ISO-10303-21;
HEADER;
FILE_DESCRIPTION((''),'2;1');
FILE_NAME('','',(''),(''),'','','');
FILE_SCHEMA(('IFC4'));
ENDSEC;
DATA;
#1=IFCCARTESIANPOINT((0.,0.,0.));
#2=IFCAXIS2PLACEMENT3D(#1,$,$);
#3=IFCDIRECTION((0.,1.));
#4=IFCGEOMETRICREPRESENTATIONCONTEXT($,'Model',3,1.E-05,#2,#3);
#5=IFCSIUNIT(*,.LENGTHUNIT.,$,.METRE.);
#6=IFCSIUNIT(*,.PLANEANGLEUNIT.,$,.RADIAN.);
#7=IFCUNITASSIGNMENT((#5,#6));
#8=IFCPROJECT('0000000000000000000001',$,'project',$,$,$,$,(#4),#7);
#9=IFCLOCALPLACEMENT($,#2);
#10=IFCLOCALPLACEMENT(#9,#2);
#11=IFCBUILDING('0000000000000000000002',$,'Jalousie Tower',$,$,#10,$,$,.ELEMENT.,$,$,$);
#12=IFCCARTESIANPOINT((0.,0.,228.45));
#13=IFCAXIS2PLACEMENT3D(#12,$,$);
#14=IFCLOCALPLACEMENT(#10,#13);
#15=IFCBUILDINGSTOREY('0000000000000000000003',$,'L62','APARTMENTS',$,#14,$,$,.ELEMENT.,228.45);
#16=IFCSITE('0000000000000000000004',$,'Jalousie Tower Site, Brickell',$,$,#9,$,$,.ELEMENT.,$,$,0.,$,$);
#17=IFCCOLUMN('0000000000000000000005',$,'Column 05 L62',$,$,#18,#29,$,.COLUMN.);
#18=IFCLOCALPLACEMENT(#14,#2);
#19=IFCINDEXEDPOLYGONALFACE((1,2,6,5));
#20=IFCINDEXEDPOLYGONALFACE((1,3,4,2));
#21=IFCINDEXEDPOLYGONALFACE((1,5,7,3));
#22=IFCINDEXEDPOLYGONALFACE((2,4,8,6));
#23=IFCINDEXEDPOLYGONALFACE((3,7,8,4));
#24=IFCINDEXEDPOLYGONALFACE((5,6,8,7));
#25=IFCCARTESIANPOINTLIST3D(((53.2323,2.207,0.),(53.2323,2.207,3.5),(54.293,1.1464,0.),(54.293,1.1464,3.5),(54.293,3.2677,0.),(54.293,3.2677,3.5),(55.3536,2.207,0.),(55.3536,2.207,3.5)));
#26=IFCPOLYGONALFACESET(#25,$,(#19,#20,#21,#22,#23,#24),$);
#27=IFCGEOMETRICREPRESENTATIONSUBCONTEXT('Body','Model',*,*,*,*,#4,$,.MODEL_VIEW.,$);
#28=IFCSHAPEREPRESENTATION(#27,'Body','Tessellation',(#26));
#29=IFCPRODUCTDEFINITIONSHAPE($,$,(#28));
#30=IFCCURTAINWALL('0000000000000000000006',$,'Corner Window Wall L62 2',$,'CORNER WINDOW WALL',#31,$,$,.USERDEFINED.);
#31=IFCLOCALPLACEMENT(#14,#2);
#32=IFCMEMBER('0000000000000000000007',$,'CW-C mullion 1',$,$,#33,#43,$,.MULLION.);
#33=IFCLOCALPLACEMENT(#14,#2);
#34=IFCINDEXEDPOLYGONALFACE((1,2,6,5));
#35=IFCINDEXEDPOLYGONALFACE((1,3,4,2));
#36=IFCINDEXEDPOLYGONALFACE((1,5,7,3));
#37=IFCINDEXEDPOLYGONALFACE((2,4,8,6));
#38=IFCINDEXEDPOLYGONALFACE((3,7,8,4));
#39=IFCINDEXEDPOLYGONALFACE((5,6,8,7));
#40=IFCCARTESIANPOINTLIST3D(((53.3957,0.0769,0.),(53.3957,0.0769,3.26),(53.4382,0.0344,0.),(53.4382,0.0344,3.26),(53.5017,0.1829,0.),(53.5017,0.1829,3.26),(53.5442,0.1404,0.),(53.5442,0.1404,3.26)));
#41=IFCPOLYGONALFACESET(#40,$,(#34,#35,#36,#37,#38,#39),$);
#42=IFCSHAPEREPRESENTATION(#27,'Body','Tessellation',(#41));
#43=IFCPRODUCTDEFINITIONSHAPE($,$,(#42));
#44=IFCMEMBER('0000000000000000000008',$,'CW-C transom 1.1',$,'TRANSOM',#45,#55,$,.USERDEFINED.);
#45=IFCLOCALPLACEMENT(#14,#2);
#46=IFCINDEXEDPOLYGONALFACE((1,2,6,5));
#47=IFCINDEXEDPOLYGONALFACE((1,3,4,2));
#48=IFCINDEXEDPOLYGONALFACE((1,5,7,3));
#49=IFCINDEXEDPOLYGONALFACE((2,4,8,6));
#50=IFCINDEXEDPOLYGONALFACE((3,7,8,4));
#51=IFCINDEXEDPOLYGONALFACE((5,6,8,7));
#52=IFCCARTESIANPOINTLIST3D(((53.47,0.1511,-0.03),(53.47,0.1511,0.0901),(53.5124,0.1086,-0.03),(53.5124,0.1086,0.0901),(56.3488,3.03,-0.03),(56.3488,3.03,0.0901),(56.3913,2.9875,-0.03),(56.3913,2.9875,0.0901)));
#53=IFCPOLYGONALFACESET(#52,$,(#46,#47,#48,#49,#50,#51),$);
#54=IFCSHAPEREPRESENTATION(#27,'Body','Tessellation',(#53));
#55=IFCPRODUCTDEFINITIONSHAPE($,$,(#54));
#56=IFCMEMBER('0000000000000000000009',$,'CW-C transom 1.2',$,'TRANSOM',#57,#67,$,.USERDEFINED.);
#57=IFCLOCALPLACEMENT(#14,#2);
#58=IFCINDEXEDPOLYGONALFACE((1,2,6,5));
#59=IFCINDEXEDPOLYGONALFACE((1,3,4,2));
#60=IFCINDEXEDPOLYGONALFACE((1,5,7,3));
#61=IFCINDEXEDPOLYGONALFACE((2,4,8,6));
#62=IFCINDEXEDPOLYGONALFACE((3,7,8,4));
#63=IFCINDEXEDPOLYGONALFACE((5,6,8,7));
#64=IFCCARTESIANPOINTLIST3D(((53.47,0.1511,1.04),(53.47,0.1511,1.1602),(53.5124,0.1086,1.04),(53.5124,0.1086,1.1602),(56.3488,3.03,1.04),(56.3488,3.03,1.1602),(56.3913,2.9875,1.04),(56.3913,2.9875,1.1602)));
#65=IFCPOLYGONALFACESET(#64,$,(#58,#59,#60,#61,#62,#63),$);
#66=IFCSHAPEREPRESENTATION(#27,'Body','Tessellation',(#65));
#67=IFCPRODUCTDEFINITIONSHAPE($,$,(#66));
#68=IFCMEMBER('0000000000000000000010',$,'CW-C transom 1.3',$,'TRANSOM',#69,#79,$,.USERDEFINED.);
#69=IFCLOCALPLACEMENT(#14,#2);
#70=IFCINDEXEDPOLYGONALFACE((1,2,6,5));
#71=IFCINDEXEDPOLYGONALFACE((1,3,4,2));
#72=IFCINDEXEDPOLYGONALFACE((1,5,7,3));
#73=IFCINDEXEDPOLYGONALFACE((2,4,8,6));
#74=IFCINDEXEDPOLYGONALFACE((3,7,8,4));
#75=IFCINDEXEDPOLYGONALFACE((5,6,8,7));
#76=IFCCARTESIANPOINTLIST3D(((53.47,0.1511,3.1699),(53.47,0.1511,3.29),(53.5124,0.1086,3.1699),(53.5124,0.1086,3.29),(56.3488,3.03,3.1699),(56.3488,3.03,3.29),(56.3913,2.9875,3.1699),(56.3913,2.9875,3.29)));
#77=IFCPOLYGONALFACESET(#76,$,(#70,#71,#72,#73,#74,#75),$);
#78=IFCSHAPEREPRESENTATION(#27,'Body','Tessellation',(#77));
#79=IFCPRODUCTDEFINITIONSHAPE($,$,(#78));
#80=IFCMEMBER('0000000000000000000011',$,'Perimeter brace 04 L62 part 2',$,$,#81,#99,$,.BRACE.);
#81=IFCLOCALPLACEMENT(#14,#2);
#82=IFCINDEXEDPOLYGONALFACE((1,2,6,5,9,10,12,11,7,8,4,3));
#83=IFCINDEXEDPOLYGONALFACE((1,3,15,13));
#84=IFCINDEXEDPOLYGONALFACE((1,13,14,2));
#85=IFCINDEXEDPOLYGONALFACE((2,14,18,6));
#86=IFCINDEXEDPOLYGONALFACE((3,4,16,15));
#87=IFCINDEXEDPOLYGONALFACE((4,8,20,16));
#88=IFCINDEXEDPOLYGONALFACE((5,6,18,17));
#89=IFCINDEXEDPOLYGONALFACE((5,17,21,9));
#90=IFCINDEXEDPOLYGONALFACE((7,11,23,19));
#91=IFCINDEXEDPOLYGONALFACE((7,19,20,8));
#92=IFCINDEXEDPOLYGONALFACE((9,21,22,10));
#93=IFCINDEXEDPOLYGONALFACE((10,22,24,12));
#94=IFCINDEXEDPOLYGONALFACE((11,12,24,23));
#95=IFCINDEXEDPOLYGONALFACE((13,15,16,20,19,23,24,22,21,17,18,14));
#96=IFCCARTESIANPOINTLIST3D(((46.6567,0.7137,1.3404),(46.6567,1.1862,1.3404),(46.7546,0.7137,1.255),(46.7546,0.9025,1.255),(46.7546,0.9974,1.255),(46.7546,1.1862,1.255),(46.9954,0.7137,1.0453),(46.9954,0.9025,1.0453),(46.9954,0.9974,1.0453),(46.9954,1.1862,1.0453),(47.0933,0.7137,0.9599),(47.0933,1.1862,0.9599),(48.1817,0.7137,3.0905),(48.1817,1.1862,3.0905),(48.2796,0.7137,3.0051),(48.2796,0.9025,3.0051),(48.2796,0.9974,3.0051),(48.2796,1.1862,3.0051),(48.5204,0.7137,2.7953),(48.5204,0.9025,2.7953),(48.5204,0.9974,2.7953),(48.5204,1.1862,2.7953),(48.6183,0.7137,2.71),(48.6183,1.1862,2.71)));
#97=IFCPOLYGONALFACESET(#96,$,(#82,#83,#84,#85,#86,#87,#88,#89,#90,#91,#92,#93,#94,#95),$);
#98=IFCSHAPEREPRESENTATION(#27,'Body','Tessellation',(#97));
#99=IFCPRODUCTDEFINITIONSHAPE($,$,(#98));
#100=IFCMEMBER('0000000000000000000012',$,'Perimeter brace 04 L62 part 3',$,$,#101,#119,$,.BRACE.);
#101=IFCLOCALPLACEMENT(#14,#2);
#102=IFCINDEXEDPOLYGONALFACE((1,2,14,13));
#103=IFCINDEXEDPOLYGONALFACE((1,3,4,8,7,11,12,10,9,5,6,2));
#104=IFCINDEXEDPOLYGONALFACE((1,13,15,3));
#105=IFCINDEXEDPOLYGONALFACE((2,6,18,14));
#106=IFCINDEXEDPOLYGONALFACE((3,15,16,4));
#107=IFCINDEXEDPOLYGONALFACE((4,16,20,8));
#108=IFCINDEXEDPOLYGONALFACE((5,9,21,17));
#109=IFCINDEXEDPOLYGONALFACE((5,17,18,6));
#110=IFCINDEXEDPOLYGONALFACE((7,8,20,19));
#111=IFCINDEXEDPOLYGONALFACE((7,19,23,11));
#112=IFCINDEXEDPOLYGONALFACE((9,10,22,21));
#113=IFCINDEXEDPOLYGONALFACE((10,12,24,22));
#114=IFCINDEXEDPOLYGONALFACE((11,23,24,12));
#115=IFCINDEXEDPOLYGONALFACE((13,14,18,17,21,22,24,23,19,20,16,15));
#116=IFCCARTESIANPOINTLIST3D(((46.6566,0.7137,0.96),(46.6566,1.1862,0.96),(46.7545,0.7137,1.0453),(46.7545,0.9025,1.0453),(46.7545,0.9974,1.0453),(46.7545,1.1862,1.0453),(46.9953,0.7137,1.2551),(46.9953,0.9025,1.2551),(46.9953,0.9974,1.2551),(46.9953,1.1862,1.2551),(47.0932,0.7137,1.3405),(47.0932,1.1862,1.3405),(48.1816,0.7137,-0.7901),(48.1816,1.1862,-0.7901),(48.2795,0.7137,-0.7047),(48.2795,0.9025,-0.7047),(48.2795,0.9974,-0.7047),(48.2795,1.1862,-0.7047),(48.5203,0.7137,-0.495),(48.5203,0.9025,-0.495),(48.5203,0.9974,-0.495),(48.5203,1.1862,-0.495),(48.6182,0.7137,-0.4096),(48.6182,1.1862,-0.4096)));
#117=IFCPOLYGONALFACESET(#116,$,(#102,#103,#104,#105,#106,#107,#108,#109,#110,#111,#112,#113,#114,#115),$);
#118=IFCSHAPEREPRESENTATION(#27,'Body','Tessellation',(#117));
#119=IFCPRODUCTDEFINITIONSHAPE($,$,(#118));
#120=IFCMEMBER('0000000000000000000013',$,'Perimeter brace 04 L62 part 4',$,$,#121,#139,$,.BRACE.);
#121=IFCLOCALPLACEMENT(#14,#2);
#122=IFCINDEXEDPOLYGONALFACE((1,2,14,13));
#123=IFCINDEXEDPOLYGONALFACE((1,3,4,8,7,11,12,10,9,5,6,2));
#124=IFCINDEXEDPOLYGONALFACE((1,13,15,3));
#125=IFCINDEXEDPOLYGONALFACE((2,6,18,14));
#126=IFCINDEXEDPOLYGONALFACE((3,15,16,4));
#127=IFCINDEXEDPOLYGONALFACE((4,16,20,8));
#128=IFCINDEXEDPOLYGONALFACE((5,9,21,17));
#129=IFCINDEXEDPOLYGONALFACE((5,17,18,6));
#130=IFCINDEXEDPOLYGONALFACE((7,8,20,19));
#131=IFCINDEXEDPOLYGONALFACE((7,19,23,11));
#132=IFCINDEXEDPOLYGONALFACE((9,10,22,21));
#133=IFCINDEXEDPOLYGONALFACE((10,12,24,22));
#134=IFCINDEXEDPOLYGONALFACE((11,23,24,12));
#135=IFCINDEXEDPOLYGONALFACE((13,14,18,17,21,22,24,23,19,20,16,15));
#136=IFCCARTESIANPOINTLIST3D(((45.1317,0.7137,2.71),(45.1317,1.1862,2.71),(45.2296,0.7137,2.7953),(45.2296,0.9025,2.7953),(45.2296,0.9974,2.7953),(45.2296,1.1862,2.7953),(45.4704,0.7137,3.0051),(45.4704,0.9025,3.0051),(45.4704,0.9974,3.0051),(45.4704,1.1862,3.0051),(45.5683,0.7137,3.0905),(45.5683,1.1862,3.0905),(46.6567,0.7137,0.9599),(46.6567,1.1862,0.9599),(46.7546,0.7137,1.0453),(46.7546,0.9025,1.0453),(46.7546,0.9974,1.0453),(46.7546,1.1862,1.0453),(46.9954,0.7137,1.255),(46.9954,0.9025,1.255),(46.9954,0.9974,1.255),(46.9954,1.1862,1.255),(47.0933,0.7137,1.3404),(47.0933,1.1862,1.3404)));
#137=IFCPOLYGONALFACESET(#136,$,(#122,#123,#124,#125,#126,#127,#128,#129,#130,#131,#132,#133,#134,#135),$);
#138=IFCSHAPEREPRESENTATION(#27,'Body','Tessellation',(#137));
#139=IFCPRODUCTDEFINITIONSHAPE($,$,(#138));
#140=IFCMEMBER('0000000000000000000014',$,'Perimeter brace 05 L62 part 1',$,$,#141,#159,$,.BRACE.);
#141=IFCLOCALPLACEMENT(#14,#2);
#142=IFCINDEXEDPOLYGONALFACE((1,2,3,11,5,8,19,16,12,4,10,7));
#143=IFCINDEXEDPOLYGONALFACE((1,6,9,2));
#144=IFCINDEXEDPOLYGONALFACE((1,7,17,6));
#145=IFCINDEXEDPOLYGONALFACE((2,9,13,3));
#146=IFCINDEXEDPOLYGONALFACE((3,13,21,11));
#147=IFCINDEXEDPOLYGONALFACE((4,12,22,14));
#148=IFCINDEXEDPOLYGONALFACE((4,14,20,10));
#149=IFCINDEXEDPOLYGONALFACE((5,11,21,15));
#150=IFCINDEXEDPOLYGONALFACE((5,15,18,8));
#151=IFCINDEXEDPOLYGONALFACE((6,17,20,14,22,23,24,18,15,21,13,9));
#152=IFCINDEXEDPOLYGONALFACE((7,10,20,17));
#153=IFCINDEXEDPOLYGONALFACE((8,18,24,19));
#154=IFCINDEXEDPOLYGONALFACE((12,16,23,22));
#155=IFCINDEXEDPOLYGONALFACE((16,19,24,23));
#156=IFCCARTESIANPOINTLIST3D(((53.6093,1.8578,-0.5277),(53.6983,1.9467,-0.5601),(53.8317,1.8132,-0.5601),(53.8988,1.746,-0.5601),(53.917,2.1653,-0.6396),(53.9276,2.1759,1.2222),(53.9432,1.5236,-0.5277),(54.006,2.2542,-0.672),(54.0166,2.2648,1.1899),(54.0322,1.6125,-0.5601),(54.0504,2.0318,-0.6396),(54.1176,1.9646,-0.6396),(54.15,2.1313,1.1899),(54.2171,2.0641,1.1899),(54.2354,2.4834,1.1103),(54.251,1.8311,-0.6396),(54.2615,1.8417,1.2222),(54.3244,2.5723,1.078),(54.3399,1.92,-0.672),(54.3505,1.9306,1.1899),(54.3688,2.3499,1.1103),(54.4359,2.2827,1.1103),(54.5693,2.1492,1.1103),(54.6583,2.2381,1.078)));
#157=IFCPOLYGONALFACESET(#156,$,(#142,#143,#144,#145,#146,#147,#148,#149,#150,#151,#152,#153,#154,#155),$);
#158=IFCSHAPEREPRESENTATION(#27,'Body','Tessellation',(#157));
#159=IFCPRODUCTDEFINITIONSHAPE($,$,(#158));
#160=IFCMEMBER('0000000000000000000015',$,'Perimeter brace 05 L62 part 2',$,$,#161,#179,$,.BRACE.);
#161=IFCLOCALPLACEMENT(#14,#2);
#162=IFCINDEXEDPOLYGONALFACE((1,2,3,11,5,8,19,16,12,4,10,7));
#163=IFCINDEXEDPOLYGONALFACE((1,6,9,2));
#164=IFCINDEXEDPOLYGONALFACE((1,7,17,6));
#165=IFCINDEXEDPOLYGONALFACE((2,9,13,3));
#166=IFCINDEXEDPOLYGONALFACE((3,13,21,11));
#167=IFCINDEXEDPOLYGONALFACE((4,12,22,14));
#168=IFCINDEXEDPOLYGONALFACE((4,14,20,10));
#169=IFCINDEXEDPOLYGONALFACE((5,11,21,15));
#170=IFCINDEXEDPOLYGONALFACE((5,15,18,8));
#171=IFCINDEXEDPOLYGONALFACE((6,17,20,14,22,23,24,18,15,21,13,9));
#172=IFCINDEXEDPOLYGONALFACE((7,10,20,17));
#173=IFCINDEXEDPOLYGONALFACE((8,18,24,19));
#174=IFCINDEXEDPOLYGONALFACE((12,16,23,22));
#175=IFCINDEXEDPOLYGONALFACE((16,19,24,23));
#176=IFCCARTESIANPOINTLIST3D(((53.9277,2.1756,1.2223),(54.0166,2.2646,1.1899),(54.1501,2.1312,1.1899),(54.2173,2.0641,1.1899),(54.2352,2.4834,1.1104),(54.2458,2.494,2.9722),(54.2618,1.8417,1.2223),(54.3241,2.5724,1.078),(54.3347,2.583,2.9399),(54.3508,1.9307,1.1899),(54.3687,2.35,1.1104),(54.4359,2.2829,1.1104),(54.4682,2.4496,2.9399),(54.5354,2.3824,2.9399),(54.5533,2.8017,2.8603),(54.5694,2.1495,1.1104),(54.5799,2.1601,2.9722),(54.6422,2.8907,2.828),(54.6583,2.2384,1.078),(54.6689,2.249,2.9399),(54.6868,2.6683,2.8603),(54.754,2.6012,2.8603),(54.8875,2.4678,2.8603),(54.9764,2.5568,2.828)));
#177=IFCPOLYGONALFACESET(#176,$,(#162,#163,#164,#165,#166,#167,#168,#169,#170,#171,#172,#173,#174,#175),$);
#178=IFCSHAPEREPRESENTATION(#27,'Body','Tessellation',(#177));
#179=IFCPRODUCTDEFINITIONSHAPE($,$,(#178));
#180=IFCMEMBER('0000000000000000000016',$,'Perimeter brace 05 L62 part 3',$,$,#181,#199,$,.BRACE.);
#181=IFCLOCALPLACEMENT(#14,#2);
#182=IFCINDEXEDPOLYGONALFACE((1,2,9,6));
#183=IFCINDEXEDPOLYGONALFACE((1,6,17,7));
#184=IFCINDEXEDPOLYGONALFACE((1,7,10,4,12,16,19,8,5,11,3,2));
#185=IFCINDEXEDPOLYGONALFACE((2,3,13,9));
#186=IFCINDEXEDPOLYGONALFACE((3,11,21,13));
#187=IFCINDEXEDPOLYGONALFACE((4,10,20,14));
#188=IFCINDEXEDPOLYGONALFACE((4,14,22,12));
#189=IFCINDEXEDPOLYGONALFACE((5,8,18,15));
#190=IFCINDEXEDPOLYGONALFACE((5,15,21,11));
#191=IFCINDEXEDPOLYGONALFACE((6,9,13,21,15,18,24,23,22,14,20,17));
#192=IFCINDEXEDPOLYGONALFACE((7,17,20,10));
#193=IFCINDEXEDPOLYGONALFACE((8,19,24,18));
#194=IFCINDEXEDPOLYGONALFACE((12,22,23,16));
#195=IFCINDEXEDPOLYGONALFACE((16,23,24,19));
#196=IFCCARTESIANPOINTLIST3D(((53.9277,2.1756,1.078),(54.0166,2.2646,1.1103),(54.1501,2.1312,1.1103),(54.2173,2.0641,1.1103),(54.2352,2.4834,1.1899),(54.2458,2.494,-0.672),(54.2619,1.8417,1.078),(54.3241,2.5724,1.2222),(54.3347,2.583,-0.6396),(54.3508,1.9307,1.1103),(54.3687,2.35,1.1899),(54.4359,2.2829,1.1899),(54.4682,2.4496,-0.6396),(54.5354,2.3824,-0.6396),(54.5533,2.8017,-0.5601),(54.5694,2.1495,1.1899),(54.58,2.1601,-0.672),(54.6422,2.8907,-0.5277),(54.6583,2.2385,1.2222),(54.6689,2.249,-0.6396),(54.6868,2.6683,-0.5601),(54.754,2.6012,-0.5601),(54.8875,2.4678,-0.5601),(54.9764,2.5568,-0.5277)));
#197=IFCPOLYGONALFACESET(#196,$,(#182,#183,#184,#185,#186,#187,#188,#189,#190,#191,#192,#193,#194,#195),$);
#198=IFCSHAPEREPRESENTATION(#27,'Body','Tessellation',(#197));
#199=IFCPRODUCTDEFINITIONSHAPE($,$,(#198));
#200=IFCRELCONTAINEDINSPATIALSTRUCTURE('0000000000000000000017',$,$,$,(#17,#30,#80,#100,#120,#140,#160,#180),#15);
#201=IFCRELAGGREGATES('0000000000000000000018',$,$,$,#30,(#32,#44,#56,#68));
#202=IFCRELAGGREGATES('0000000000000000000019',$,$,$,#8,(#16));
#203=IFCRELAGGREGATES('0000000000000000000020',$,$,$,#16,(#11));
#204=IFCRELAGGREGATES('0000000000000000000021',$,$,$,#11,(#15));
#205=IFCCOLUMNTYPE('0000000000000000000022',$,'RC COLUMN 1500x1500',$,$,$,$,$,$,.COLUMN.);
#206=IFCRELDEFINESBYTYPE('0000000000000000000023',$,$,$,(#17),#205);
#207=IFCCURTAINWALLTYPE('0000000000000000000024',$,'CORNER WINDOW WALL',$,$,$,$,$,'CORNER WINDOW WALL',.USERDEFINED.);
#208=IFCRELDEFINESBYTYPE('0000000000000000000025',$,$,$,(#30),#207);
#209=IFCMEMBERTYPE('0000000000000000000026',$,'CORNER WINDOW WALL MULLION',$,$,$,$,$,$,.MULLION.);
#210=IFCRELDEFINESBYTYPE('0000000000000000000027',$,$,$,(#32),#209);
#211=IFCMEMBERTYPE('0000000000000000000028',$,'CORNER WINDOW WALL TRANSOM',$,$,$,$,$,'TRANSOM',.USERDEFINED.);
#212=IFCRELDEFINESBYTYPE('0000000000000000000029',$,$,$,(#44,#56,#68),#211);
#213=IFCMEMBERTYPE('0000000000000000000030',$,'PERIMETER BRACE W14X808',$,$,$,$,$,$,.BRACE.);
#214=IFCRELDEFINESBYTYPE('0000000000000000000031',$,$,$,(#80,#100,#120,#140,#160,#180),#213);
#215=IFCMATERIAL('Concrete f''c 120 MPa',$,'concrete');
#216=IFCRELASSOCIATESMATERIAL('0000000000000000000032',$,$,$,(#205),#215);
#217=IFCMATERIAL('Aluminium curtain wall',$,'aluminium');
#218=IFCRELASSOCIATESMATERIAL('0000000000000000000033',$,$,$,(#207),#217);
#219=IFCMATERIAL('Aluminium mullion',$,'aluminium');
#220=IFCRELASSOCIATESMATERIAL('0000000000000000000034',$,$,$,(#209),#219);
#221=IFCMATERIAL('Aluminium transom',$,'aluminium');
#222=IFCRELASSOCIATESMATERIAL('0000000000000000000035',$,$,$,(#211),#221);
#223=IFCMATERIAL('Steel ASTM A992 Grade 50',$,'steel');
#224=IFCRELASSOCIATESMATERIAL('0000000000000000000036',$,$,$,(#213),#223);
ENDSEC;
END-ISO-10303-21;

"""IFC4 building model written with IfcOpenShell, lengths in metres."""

from ifc_helpers import new_model, si_unit, direction, frame, origin, origin_2d, place, context, subcontext, project, spatial, rectangle, i_section, extrude, material, material_profile, profile_set, type_object, element, aggregate, save


model = new_model("IFC4")

# Units and contexts
model_context = context("Model", 3, precision=1e-05, world=origin(), true_north=direction((0.0, 1.0)))
body_context = subcontext(model_context, "Body", "Model", "MODEL_VIEW")
ifc_project = project(units=[si_unit("LENGTHUNIT", "METRE"), si_unit("PLANEANGLEUNIT", "RADIAN")], contexts=[model_context])

# Site, building, storey
site_placement = place(None, origin())
site = spatial("IfcSite", under=ifc_project, at=site_placement, Name="Jalousie Tower Site, Brickell", CompositionType="ELEMENT", RefElevation=0.0)
building_placement = place(site_placement, origin())
building = spatial("IfcBuilding", under=site, at=building_placement, Name="Jalousie Tower", CompositionType="ELEMENT")
storey_placement = place(building_placement, frame((0.0, 0.0, 228.45)))
storey = spatial("IfcBuildingStorey", under=building, at=storey_placement, Name="L62", Description="APARTMENTS", CompositionType="ELEMENT", Elevation=228.45)

# Column
ifc_material_1 = material(Name="Concrete f'c 120 MPa", Category="concrete")
ifc_material_profile_1 = material_profile(ifc_material_1, rectangle(XDim=1.5, YDim=1.5, at=origin_2d()), Name="RC 1500x1500")
ifc_profile_set_1 = profile_set([ifc_material_profile_1], Name="Concrete f'c 120 MPa")
column_type = type_object("IfcColumnType", Name="RC COLUMN 1500x1500", PredefinedType="COLUMN", material=ifc_profile_set_1)
column_placement = place(storey_placement, frame((54.293, 2.207, 0.0), z_axis=(0.0, 0.0, 1.0), x_axis=(0.707107, 0.707107, 0.0)))
element("IfcColumn", 1, at=column_placement, inside=storey, type_object=column_type, Name="Column 05 L62", PredefinedType="COLUMN", context=body_context, shape_type="SweptSolid", body=[
    extrude(rectangle(XDim=1.5, YDim=1.5, at=origin_2d()), origin(), (0.0, 0.0, 1.0), 3.5),
])

# Curtain wall, members
ifc_material_2 = material(Name="Aluminium curtain wall", Category="aluminium")
curtain_wall_type_1 = type_object("IfcCurtainWallType", Name="CORNER WINDOW WALL", ElementType="CORNER WINDOW WALL", PredefinedType="USERDEFINED", material=ifc_material_2)
curtain_wall_1_placement = place(storey_placement, origin())
curtain_wall_1 = element("IfcCurtainWall", 2, at=curtain_wall_1_placement, inside=storey, type_object=curtain_wall_type_1, Name="Corner Window Wall L62 2", ObjectType="CORNER WINDOW WALL", PredefinedType="USERDEFINED")
ifc_material_3 = material(Name="Aluminium mullion", Category="aluminium")
ifc_material_profile_2 = material_profile(ifc_material_3, rectangle(XDim=0.0601, YDim=0.1499, at=origin_2d()), Name="MULLION 60x150")
ifc_profile_set_2 = profile_set([ifc_material_profile_2], Name="Aluminium mullion")
member_type_1 = type_object("IfcMemberType", Name="CORNER WINDOW WALL MULLION", PredefinedType="MULLION", material=ifc_profile_set_2)
member_1_placement = place(storey_placement, frame((53.47, 0.1086, 0.0), z_axis=(0.0, 0.0, 1.0), x_axis=(-0.707107, 0.707107, 0.0)))
member_1 = element("IfcMember", 3, at=member_1_placement, type_object=member_type_1, Name="CW-C mullion 1", PredefinedType="MULLION", context=body_context, shape_type="SweptSolid", body=[
    extrude(rectangle(XDim=0.0601, YDim=0.1499, at=origin_2d()), origin(), (0.0, 0.0, 1.0), 3.26),
])
ifc_material_4 = material(Name="Aluminium transom", Category="aluminium")
ifc_material_profile_3 = material_profile(ifc_material_4, rectangle(XDim=0.0601, YDim=0.1201, at=origin_2d()), Name="TRANSOM 60x120")
ifc_profile_set_3 = profile_set([ifc_material_profile_3], Name="Aluminium transom")
member_type_2 = type_object("IfcMemberType", Name="CORNER WINDOW WALL TRANSOM", ElementType="TRANSOM", PredefinedType="USERDEFINED", material=ifc_profile_set_3)
member_2_placement = place(storey_placement, frame((53.4912, 0.1299, 0.03), z_axis=(0.707107, 0.707107, 0.0), x_axis=(-0.707107, 0.707107, 0.0)))
member_2 = element("IfcMember", 4, at=member_2_placement, type_object=member_type_2, Name="CW-C transom 1.1", ObjectType="TRANSOM", PredefinedType="USERDEFINED", context=body_context, shape_type="SweptSolid", body=[
    extrude(rectangle(XDim=0.0601, YDim=0.1201, at=origin_2d()), origin(), (0.0, 0.0, 1.0), 4.0713),
])
member_3_placement = place(storey_placement, frame((53.4912, 0.1299, 1.1001), z_axis=(0.707107, 0.707107, 0.0), x_axis=(-0.707107, 0.707107, 0.0)))
member_3 = element("IfcMember", 5, at=member_3_placement, type_object=member_type_2, Name="CW-C transom 1.2", ObjectType="TRANSOM", PredefinedType="USERDEFINED", context=body_context, shape_type="SweptSolid", body=[
    extrude(rectangle(XDim=0.0601, YDim=0.1201, at=origin_2d()), origin(), (0.0, 0.0, 1.0), 4.0713),
])
member_4_placement = place(storey_placement, frame((53.4912, 0.1299, 3.23), z_axis=(0.707107, 0.707107, 0.0), x_axis=(-0.707107, 0.707107, 0.0)))
member_4 = element("IfcMember", 6, at=member_4_placement, type_object=member_type_2, Name="CW-C transom 1.3", ObjectType="TRANSOM", PredefinedType="USERDEFINED", context=body_context, shape_type="SweptSolid", body=[
    extrude(rectangle(XDim=0.0601, YDim=0.1201, at=origin_2d()), origin(), (0.0, 0.0, 1.0), 4.0713),
])

# Members
ifc_material_5 = material(Name="Steel ASTM A992 Grade 50", Category="steel")
ifc_material_profile_4 = material_profile(ifc_material_5, i_section(OverallWidth=0.4724, OverallDepth=0.5791, WebThickness=0.095, FlangeThickness=0.1299, at=origin_2d()), Name="W14X808")
ifc_profile_set_4 = profile_set([ifc_material_profile_4], Name="Steel ASTM A992 Grade 50")
member_type_3 = type_object("IfcMemberType", Name="PERIMETER BRACE W14X808", PredefinedType="BRACE", material=ifc_profile_set_4)
for number, where, z_axis, x_axis, name in (
    (7, (46.875, 0.95, 1.1501), (0.656954, 0.0, 0.75393), (0.0, 1.0, 0.0), "Perimeter brace 04 L62 part 2"),
    (8, (48.3999, 0.95, -0.5999), (-0.656954, 0.0, 0.75393), (0.0, -1.0, 0.0), "Perimeter brace 04 L62 part 3"),
    (9, (46.875, 0.95, 1.1501), (-0.656954, 0.0, 0.75393), (0.0, -1.0, 0.0), "Perimeter brace 04 L62 part 4"),
):
    element("IfcMember", number, at=place(storey_placement, frame(where, z_axis=z_axis, x_axis=x_axis)), inside=storey, type_object=member_type_3, Name=name, PredefinedType="BRACE", context=body_context, shape_type="SweptSolid", body=[
        extrude(i_section(OverallWidth=0.4724, OverallDepth=0.5791, WebThickness=0.095, FlangeThickness=0.1299, at=origin_2d()), origin(), (0.0, 0.0, 1.0), 2.3213),
    ])
for number, where, z_axis, x_axis, name in (
    (10, (53.9746, 1.8889, -0.5999), (0.176187, 0.176051, 0.968486), (-0.706835, 0.707378, 0.0), "Perimeter brace 05 L62 part 1"),
    (11, (54.293, 2.207, 1.1501), (0.176051, 0.176187, 0.968486), (-0.707378, 0.706835, 0.0), "Perimeter brace 05 L62 part 2"),
    (12, (54.6111, 2.5254, -0.5999), (-0.176051, -0.176187, 0.968486), (0.707378, -0.706835, 0.0), "Perimeter brace 05 L62 part 3"),
):
    element("IfcMember", number, at=place(storey_placement, frame(where, z_axis=z_axis, x_axis=x_axis)), inside=storey, type_object=member_type_3, Name=name, PredefinedType="BRACE", context=body_context, shape_type="SweptSolid", body=[
        extrude(i_section(OverallWidth=0.4724, OverallDepth=0.5791, WebThickness=0.095, FlangeThickness=0.1299, at=origin_2d()), origin(), (0.0, 0.0, 1.0), 1.8069),
    ])

aggregate(curtain_wall_1, [member_1, member_2, member_3, member_4])

save(model, "model.ifc")
